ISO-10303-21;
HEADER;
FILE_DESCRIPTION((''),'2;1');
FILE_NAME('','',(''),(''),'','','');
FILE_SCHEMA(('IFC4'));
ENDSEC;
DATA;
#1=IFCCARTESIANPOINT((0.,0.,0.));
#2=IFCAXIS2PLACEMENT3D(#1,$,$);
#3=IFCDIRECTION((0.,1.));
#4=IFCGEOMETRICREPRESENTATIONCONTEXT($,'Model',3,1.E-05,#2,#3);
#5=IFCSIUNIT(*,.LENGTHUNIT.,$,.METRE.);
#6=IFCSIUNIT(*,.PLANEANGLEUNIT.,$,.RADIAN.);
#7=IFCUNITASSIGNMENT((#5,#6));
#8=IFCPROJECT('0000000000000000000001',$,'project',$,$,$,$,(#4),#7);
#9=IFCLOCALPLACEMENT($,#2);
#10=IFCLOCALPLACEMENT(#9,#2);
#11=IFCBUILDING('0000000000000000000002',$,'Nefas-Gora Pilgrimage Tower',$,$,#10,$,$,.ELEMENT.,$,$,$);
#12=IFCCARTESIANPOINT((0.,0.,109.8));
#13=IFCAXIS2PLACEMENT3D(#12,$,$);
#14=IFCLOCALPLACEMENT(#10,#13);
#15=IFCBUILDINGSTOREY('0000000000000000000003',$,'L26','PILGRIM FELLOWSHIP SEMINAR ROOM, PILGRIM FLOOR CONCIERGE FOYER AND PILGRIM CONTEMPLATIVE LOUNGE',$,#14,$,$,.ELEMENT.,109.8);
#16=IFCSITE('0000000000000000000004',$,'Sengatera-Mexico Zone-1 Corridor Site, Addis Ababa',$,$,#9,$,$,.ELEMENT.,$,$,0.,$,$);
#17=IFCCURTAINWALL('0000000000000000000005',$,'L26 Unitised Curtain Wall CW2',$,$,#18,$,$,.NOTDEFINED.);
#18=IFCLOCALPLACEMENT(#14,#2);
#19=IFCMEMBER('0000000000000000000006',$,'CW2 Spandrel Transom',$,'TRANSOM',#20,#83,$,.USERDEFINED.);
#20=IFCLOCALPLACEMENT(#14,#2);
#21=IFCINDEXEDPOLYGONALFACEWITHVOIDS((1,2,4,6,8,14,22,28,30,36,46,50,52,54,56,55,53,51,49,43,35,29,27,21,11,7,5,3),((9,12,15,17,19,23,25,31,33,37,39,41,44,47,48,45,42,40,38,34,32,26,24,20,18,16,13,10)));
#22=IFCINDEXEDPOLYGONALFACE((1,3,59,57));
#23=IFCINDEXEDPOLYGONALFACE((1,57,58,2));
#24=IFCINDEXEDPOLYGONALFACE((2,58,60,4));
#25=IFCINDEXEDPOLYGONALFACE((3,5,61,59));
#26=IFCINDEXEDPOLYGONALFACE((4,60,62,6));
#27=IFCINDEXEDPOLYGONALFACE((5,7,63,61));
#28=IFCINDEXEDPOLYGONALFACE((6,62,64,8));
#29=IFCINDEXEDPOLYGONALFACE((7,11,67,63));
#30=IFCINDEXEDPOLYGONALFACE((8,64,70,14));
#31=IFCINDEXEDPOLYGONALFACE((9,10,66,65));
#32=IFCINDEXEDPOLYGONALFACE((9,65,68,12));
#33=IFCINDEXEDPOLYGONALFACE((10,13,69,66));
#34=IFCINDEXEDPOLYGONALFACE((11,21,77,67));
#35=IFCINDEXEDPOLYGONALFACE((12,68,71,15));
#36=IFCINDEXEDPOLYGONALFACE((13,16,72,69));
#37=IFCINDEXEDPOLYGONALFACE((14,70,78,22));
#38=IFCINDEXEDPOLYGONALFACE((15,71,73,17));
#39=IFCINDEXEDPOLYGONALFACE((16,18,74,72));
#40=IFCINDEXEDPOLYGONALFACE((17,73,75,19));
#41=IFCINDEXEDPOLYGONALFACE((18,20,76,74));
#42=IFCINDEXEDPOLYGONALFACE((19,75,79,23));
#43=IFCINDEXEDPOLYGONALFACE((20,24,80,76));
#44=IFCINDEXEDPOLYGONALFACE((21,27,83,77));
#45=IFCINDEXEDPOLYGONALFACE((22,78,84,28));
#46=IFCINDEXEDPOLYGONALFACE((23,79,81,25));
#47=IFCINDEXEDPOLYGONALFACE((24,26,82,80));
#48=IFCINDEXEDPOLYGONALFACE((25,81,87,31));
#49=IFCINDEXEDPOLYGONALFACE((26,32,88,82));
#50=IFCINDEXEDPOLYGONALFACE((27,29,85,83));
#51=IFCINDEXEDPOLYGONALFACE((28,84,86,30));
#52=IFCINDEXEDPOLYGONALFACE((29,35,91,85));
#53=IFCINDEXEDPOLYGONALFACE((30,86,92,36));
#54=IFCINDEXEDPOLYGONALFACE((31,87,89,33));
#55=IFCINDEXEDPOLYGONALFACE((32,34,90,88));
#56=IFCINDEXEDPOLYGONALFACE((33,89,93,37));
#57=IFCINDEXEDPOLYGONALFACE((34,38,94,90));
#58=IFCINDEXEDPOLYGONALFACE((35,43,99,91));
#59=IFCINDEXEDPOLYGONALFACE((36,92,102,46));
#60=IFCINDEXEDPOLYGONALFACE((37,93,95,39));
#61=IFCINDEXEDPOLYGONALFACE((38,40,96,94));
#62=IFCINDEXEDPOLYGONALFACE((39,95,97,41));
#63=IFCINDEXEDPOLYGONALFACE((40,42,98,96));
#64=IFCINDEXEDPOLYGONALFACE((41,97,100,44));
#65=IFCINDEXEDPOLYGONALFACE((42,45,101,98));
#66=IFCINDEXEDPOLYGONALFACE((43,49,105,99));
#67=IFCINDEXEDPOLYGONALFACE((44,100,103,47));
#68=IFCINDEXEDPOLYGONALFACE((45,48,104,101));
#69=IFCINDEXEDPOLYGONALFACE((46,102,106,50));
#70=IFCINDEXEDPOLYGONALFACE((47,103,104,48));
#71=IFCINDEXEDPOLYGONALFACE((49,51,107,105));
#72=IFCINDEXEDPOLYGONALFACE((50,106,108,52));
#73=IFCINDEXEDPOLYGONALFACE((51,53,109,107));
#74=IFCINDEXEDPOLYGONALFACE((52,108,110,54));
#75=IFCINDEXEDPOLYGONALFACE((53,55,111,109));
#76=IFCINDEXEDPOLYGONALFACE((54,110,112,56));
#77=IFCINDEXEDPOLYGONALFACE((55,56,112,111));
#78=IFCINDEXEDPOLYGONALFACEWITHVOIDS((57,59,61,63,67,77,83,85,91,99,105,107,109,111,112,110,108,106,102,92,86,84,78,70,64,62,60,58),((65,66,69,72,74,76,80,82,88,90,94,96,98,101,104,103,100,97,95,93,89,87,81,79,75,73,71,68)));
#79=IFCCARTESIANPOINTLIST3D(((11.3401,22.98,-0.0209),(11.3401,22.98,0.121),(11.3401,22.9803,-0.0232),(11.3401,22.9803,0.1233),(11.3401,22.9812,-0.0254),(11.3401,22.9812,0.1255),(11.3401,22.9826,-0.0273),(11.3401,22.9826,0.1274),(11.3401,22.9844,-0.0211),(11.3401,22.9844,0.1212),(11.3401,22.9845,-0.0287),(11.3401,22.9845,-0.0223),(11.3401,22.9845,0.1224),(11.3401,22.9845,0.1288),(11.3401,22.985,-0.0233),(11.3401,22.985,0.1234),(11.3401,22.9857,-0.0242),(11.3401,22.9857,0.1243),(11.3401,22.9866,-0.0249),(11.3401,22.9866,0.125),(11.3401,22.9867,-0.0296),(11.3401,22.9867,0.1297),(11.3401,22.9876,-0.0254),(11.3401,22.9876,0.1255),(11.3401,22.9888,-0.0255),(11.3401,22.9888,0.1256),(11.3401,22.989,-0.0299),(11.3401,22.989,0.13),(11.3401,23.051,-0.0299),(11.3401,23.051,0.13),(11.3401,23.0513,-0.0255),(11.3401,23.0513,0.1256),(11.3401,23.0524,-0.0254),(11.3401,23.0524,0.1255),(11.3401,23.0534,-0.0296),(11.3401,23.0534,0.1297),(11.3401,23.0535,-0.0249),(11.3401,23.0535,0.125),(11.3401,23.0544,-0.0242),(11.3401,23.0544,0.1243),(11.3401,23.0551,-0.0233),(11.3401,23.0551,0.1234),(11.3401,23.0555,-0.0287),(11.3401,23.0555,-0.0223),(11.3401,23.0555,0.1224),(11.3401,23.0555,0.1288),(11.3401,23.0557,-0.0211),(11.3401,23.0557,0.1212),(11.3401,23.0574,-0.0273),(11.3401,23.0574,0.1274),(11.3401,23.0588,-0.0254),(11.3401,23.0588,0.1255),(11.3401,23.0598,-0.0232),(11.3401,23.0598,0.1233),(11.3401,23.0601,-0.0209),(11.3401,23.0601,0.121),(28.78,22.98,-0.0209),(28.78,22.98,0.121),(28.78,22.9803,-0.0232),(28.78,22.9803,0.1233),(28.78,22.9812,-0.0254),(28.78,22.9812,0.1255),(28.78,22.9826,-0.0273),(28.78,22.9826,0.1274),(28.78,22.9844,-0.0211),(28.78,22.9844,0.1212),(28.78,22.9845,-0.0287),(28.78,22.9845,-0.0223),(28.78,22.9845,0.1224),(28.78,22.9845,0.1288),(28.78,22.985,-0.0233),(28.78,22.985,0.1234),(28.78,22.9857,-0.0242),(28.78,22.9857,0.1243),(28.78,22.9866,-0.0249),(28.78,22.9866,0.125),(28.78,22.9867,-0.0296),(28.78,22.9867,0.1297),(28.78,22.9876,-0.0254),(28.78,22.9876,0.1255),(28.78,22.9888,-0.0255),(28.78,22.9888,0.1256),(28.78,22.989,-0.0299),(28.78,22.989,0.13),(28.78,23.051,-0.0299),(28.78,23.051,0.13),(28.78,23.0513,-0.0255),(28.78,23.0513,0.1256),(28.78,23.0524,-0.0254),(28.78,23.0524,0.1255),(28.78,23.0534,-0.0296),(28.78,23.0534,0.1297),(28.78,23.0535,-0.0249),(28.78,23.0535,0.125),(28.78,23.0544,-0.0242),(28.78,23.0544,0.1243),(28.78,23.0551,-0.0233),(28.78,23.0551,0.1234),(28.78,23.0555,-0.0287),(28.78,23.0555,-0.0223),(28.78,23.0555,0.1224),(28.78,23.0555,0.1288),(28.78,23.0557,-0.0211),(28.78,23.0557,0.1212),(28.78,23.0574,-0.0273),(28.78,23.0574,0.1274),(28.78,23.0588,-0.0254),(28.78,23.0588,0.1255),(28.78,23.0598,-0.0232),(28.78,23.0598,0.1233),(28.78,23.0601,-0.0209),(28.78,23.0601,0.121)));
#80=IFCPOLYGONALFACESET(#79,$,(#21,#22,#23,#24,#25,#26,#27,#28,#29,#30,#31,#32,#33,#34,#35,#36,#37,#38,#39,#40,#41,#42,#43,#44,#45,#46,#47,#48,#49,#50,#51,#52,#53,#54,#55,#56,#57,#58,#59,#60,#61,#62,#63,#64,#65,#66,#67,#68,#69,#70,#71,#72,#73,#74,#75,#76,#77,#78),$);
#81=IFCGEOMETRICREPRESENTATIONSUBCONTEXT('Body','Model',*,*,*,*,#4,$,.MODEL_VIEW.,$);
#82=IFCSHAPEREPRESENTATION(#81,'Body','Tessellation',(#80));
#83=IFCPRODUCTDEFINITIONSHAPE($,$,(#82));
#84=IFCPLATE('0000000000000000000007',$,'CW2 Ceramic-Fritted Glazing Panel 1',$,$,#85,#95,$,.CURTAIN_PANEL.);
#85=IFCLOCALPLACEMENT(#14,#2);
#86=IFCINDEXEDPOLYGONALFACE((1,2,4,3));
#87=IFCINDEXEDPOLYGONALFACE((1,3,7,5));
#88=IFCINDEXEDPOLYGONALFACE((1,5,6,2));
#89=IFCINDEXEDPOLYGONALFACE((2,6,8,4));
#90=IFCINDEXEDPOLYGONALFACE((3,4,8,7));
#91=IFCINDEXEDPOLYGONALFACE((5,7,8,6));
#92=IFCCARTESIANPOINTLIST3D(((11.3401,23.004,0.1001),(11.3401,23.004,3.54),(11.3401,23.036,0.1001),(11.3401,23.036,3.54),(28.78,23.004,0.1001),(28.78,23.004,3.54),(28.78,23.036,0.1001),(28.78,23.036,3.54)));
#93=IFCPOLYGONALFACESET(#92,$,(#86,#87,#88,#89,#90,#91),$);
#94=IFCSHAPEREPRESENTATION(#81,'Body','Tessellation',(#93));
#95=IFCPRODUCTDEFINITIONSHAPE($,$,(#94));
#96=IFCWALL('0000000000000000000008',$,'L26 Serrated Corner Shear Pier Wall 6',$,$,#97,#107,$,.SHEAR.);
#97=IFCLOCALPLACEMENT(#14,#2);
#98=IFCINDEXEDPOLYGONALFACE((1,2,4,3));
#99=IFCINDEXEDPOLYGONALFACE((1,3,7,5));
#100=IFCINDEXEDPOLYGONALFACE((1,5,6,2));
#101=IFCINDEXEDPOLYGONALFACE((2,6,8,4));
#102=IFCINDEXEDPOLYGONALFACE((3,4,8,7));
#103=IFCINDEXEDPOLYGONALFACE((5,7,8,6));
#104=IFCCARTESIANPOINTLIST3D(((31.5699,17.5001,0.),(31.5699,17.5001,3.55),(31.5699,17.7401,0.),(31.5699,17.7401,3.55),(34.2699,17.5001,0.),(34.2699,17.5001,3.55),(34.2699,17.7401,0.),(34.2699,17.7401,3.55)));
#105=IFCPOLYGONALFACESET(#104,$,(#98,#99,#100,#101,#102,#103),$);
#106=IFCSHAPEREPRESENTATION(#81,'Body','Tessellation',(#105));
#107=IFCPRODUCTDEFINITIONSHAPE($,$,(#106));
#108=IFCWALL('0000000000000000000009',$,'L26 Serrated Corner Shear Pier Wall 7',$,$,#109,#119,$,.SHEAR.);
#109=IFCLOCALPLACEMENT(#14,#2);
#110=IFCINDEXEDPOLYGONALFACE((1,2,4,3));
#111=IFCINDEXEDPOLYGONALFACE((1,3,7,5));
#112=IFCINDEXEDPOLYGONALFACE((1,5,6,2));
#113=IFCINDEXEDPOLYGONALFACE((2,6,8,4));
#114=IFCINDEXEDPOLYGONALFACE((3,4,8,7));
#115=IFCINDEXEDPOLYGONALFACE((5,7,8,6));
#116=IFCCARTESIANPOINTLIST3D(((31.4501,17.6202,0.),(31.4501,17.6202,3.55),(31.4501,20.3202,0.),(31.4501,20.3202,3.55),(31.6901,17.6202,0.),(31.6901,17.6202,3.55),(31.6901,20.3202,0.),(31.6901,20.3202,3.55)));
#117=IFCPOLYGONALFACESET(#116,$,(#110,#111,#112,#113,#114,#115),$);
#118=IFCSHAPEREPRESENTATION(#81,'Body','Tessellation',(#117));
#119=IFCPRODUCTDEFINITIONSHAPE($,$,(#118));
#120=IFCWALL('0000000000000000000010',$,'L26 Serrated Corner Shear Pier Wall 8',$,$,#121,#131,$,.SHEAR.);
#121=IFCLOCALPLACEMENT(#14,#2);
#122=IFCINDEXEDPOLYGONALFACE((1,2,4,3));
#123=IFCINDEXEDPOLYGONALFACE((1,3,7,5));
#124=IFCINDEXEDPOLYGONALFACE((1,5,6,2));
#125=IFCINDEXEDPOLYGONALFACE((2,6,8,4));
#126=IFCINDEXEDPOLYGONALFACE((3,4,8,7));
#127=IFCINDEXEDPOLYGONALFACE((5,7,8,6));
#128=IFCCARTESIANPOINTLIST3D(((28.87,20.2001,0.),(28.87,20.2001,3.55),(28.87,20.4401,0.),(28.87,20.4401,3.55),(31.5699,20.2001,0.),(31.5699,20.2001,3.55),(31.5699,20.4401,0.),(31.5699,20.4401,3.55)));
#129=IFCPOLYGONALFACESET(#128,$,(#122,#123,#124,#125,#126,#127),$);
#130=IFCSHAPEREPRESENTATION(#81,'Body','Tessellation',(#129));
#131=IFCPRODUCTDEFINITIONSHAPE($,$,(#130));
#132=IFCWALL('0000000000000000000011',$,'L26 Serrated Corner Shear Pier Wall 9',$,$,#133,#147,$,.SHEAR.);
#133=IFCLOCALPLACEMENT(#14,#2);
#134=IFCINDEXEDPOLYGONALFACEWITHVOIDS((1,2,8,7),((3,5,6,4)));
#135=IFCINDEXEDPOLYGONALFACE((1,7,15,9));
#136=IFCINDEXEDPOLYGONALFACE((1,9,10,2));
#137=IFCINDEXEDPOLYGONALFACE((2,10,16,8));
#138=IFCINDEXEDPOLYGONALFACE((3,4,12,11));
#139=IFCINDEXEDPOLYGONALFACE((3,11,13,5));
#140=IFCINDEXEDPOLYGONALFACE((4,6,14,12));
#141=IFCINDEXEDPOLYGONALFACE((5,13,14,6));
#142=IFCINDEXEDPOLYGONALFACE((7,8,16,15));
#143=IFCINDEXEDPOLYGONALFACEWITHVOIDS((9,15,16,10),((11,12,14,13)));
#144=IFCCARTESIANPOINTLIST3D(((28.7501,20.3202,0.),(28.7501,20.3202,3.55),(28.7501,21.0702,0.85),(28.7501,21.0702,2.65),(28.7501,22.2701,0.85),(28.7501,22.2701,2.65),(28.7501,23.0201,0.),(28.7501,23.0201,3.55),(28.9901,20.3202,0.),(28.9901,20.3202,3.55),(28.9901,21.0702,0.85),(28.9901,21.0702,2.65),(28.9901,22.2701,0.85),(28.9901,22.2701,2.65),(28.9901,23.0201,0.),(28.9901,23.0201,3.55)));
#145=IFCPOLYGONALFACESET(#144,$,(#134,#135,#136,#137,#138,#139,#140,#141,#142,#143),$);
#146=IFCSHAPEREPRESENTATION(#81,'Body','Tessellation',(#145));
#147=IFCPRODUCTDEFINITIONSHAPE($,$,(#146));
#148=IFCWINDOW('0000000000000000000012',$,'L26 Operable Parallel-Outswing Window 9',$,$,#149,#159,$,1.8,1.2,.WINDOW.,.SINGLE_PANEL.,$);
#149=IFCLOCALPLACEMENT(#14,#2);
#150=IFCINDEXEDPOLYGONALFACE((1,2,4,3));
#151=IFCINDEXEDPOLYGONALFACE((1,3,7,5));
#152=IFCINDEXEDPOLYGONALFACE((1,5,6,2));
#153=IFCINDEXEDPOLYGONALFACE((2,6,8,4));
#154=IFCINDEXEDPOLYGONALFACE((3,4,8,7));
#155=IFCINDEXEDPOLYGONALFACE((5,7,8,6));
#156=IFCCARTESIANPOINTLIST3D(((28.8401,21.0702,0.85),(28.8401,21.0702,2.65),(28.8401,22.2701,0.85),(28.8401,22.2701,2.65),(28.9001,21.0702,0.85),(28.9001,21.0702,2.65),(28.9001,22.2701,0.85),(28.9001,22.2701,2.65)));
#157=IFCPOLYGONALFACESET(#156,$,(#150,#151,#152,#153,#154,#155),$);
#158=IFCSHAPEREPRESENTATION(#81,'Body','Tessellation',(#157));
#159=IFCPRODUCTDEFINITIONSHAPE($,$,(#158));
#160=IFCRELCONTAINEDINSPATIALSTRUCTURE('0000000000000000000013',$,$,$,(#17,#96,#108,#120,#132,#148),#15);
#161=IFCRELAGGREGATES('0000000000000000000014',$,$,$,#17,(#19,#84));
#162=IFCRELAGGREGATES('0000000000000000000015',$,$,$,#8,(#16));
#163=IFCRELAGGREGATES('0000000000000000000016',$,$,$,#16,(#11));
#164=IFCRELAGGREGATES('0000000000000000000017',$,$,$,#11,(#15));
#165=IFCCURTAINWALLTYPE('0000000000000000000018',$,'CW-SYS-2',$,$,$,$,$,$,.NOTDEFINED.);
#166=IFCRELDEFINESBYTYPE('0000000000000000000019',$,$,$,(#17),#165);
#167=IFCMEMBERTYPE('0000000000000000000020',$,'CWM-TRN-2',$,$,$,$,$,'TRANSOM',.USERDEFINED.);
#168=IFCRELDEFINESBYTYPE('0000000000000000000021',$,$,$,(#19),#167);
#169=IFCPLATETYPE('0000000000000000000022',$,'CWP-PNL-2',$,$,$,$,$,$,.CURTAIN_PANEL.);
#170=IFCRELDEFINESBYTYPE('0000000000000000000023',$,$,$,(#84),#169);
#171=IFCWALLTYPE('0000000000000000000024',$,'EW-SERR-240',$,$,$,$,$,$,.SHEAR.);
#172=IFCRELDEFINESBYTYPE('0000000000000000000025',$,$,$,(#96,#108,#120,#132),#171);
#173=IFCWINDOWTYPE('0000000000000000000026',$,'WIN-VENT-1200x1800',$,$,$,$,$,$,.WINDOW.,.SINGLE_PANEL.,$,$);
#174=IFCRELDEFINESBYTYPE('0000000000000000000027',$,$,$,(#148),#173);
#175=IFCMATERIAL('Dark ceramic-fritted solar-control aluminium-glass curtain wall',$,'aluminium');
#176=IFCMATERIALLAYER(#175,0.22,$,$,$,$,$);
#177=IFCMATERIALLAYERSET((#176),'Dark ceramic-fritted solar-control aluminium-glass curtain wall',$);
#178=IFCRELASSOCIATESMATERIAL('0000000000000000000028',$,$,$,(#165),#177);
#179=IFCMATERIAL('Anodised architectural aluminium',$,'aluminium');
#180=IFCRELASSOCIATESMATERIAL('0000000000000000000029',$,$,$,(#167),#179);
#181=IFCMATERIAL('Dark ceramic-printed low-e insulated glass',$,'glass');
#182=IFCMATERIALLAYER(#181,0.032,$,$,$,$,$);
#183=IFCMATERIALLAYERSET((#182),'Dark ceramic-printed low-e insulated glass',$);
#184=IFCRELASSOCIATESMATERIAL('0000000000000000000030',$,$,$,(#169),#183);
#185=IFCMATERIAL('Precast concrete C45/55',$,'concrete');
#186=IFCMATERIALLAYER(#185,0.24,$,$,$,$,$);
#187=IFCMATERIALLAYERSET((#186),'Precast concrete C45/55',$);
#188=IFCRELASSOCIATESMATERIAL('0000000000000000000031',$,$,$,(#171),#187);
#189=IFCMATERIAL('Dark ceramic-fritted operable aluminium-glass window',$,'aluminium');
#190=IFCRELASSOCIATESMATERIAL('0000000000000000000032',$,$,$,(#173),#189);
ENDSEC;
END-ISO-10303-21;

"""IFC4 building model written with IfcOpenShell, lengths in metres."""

from ifc_helpers import new_model, si_unit, direction, frame, frame_2d, origin, origin_2d, place, context, subcontext, project, spatial, rectangle, hollow_rectangle, extrude, source, transform, mapped, material, layer, layer_set, material_profile, profile_set, type_object, element, fill, aggregate, save


model = new_model("IFC4")

# Units and contexts
model_context = context("Model", 3, precision=1e-05, world=origin(), true_north=direction((0.0, 1.0)))
body_context = subcontext(model_context, "Body", "Model", "MODEL_VIEW")
ifc_project = project(units=[si_unit("LENGTHUNIT", "METRE"), si_unit("PLANEANGLEUNIT", "RADIAN")], contexts=[model_context])

# Site, building, storey
site_placement = place(None, origin())
site = spatial("IfcSite", under=ifc_project, at=site_placement, Name="Sengatera-Mexico Zone-1 Corridor Site, Addis Ababa", CompositionType="ELEMENT", RefElevation=0.0)
building_placement = place(site_placement, origin())
building = spatial("IfcBuilding", under=site, at=building_placement, Name="Nefas-Gora Pilgrimage Tower", CompositionType="ELEMENT")
storey_placement = place(building_placement, frame((0.0, 0.0, 109.8)))
storey = spatial("IfcBuildingStorey", under=building, at=storey_placement, Name="L26", Description="PILGRIM FELLOWSHIP SEMINAR ROOM, PILGRIM FLOOR CONCIERGE FOYER AND PILGRIM CONTEMPLATIVE LOUNGE", CompositionType="ELEMENT", Elevation=109.8)

# Shared definitions
ifc_material_1 = material(Name="Dark ceramic-fritted solar-control aluminium-glass curtain wall", Category="aluminium")
ifc_layer_1 = layer(ifc_material_1, 0.22)
ifc_layer_set_1 = layer_set([ifc_layer_1], Name="Dark ceramic-fritted solar-control aluminium-glass curtain wall")
curtain_wall_type = type_object("IfcCurtainWallType", Name="CW-SYS-2", PredefinedType="NOTDEFINED", material=ifc_layer_set_1)
ifc_material_2 = material(Name="Anodised architectural aluminium", Category="aluminium")

# Curtain wall, member, plate
curtain_wall_1_placement = place(storey_placement, origin())
curtain_wall_1 = element("IfcCurtainWall", 1, at=curtain_wall_1_placement, inside=storey, type_object=curtain_wall_type, Name="L26 Unitised Curtain Wall CW2", PredefinedType="NOTDEFINED")
ifc_material_profile_1 = material_profile(ifc_material_2, hollow_rectangle(XDim=0.0801, YDim=0.1599, WallThickness=0.0044, InnerFilletRadius=0.0044, OuterFilletRadius=0.009, at=origin_2d()), Name="ALU TRANSOM 80x160")
ifc_profile_set_1 = profile_set([ifc_material_profile_1], Name="Anodised architectural aluminium")
member_type_1 = type_object("IfcMemberType", Name="CWM-TRN-2", ElementType="TRANSOM", PredefinedType="USERDEFINED", material=ifc_profile_set_1)
shared_shape_1 = source(origin(), body_context, "Body", "SweptSolid", [
    extrude(hollow_rectangle(XDim=0.0801, YDim=0.1599, WallThickness=0.0044, InnerFilletRadius=0.0044, OuterFilletRadius=0.009, at=origin_2d()), origin(), (0.0, 0.0, 1.0), 17.4399),
])
member_1_placement = place(storey_placement, frame((28.78, 23.02, 0.05), z_axis=(-1.0, 0.0, 0.0), x_axis=(0.0, -1.0, 0.0)))
member_1 = element("IfcMember", 2, at=member_1_placement, type_object=member_type_1, Name="CW2 Spandrel Transom", ObjectType="TRANSOM", PredefinedType="USERDEFINED", context=body_context, shape_type="MappedRepresentation", body=[
    mapped(shared_shape_1, transform((0.0, 0.0, 0.0), x_axis=(1.0, 0.0, 0.0), y_axis=(0.0, 1.0, 0.0), z_axis=(0.0, 0.0, 1.0), scale=1.0)),
])
ifc_material_3 = material(Name="Dark ceramic-printed low-e insulated glass", Category="glass")
ifc_layer_2 = layer(ifc_material_3, 0.032)
ifc_layer_set_2 = layer_set([ifc_layer_2], Name="Dark ceramic-printed low-e insulated glass")
plate_type = type_object("IfcPlateType", Name="CWP-PNL-2", PredefinedType="CURTAIN_PANEL", material=ifc_layer_set_2)
shared_shape_2 = source(origin(), body_context, "Body", "SweptSolid", [
    extrude(rectangle(XDim=17.4399, YDim=0.032, at=origin_2d()), origin(), (0.0, 0.0, 1.0), 3.4399),
])
plate_placement = place(storey_placement, frame((20.0601, 23.02, 0.1001), z_axis=(0.0, 0.0, 1.0), x_axis=(-1.0, 0.0, 0.0)))
plate = element("IfcPlate", 3, at=plate_placement, type_object=plate_type, Name="CW2 Ceramic-Fritted Glazing Panel 1", PredefinedType="CURTAIN_PANEL", context=body_context, shape_type="MappedRepresentation", body=[
    mapped(shared_shape_2, transform((0.0, 0.0, 0.0), x_axis=(1.0, 0.0, 0.0), y_axis=(0.0, 1.0, 0.0), z_axis=(0.0, 0.0, 1.0), scale=1.0)),
])
aggregate(curtain_wall_1, [member_1, plate])

# Walls
ifc_material_4 = material(Name="Precast concrete C45/55", Category="concrete")
ifc_layer_3 = layer(ifc_material_4, 0.24)
ifc_layer_set_3 = layer_set([ifc_layer_3], Name="Precast concrete C45/55")
wall_type = type_object("IfcWallType", Name="EW-SERR-240", PredefinedType="SHEAR", material=ifc_layer_set_3)
shared_shape_3 = source(origin(), body_context, "Body", "SweptSolid", [
    extrude(rectangle(XDim=2.7, YDim=0.24, at=frame_2d((1.3501, 0.0))), origin(), (0.0, 0.0, 1.0), 3.55),
])
for number, where, z_axis, x_axis, name in (
    (4, (34.27, 17.6201, 0.0), (0.0, 0.0, 1.0), (-1.0, 0.0, 0.0), "L26 Serrated Corner Shear Pier Wall 6"),
    (5, (31.5701, 17.6201, 0.0), (0.0, 0.0, 1.0), (0.0, 1.0, 0.0), "L26 Serrated Corner Shear Pier Wall 7"),
    (6, (31.5701, 20.3201, 0.0), (0.0, 0.0, 1.0), (-1.0, 0.0, 0.0), "L26 Serrated Corner Shear Pier Wall 8"),
):
    element("IfcWall", number, at=place(storey_placement, frame(where, z_axis=z_axis, x_axis=x_axis)), inside=storey, type_object=wall_type, Name=name, PredefinedType="SHEAR", context=body_context, shape_type="MappedRepresentation", body=[
        mapped(shared_shape_3, transform((0.0, 0.0, 0.0), x_axis=(1.0, 0.0, 0.0), y_axis=(0.0, 1.0, 0.0), z_axis=(0.0, 0.0, 1.0), scale=1.0)),
    ])

# Wall, opening, window
wall_placement = place(storey_placement, frame((28.8701, 20.3201, 0.0), z_axis=(0.0, 0.0, 1.0), x_axis=(0.0, 1.0, 0.0)))
wall = element("IfcWall", 7, at=wall_placement, inside=storey, type_object=wall_type, Name="L26 Serrated Corner Shear Pier Wall 9", PredefinedType="SHEAR", context=body_context, shape_type="MappedRepresentation", body=[
    mapped(shared_shape_3, transform((0.0, 0.0, 0.0), x_axis=(1.0, 0.0, 0.0), y_axis=(0.0, 1.0, 0.0), z_axis=(0.0, 0.0, 1.0), scale=1.0)),
])
opening_placement = place(wall_placement, frame((0.75, 0.0, 0.8501)))
opening = element("IfcOpeningElement", 8, at=opening_placement, cuts=wall, PredefinedType="OPENING", context=body_context, shape_type="SweptSolid", body=[
    extrude(rectangle(XDim=1.2, YDim=1.8, at=frame_2d((0.6001, 0.8999))), frame((0.0, 0.1299, 0.0), z_axis=(0.0, -1.0, 0.0), x_axis=(1.0, 0.0, 0.0)), (0.0, 0.0, 1.0), 0.26),
])
ifc_material_5 = material(Name="Dark ceramic-fritted operable aluminium-glass window", Category="aluminium")
window_type = type_object("IfcWindowType", Name="WIN-VENT-1200x1800", PartitioningType="SINGLE_PANEL", PredefinedType="WINDOW", material=ifc_material_5)
shared_shape_4 = source(origin(), body_context, "Body", "SweptSolid", [
    extrude(rectangle(XDim=1.2, YDim=1.8, at=frame_2d((0.6001, 0.8999))), frame((0.0, 0.03, 0.0), z_axis=(0.0, -1.0, 0.0), x_axis=(1.0, 0.0, 0.0)), (0.0, 0.0, 1.0), 0.0601),
])
window_placement = place(opening_placement, origin())
window = element("IfcWindow", 9, at=window_placement, inside=storey, type_object=window_type, Name="L26 Operable Parallel-Outswing Window 9", OverallHeight=1.8, OverallWidth=1.2, PartitioningType="SINGLE_PANEL", PredefinedType="WINDOW", context=body_context, shape_type="MappedRepresentation", body=[
    mapped(shared_shape_4, transform((0.0, 0.0, 0.0), x_axis=(1.0, 0.0, 0.0), y_axis=(0.0, 1.0, 0.0), z_axis=(0.0, 0.0, 1.0), scale=1.0)),
])
fill(opening, window)

save(model, "model.ifc")
